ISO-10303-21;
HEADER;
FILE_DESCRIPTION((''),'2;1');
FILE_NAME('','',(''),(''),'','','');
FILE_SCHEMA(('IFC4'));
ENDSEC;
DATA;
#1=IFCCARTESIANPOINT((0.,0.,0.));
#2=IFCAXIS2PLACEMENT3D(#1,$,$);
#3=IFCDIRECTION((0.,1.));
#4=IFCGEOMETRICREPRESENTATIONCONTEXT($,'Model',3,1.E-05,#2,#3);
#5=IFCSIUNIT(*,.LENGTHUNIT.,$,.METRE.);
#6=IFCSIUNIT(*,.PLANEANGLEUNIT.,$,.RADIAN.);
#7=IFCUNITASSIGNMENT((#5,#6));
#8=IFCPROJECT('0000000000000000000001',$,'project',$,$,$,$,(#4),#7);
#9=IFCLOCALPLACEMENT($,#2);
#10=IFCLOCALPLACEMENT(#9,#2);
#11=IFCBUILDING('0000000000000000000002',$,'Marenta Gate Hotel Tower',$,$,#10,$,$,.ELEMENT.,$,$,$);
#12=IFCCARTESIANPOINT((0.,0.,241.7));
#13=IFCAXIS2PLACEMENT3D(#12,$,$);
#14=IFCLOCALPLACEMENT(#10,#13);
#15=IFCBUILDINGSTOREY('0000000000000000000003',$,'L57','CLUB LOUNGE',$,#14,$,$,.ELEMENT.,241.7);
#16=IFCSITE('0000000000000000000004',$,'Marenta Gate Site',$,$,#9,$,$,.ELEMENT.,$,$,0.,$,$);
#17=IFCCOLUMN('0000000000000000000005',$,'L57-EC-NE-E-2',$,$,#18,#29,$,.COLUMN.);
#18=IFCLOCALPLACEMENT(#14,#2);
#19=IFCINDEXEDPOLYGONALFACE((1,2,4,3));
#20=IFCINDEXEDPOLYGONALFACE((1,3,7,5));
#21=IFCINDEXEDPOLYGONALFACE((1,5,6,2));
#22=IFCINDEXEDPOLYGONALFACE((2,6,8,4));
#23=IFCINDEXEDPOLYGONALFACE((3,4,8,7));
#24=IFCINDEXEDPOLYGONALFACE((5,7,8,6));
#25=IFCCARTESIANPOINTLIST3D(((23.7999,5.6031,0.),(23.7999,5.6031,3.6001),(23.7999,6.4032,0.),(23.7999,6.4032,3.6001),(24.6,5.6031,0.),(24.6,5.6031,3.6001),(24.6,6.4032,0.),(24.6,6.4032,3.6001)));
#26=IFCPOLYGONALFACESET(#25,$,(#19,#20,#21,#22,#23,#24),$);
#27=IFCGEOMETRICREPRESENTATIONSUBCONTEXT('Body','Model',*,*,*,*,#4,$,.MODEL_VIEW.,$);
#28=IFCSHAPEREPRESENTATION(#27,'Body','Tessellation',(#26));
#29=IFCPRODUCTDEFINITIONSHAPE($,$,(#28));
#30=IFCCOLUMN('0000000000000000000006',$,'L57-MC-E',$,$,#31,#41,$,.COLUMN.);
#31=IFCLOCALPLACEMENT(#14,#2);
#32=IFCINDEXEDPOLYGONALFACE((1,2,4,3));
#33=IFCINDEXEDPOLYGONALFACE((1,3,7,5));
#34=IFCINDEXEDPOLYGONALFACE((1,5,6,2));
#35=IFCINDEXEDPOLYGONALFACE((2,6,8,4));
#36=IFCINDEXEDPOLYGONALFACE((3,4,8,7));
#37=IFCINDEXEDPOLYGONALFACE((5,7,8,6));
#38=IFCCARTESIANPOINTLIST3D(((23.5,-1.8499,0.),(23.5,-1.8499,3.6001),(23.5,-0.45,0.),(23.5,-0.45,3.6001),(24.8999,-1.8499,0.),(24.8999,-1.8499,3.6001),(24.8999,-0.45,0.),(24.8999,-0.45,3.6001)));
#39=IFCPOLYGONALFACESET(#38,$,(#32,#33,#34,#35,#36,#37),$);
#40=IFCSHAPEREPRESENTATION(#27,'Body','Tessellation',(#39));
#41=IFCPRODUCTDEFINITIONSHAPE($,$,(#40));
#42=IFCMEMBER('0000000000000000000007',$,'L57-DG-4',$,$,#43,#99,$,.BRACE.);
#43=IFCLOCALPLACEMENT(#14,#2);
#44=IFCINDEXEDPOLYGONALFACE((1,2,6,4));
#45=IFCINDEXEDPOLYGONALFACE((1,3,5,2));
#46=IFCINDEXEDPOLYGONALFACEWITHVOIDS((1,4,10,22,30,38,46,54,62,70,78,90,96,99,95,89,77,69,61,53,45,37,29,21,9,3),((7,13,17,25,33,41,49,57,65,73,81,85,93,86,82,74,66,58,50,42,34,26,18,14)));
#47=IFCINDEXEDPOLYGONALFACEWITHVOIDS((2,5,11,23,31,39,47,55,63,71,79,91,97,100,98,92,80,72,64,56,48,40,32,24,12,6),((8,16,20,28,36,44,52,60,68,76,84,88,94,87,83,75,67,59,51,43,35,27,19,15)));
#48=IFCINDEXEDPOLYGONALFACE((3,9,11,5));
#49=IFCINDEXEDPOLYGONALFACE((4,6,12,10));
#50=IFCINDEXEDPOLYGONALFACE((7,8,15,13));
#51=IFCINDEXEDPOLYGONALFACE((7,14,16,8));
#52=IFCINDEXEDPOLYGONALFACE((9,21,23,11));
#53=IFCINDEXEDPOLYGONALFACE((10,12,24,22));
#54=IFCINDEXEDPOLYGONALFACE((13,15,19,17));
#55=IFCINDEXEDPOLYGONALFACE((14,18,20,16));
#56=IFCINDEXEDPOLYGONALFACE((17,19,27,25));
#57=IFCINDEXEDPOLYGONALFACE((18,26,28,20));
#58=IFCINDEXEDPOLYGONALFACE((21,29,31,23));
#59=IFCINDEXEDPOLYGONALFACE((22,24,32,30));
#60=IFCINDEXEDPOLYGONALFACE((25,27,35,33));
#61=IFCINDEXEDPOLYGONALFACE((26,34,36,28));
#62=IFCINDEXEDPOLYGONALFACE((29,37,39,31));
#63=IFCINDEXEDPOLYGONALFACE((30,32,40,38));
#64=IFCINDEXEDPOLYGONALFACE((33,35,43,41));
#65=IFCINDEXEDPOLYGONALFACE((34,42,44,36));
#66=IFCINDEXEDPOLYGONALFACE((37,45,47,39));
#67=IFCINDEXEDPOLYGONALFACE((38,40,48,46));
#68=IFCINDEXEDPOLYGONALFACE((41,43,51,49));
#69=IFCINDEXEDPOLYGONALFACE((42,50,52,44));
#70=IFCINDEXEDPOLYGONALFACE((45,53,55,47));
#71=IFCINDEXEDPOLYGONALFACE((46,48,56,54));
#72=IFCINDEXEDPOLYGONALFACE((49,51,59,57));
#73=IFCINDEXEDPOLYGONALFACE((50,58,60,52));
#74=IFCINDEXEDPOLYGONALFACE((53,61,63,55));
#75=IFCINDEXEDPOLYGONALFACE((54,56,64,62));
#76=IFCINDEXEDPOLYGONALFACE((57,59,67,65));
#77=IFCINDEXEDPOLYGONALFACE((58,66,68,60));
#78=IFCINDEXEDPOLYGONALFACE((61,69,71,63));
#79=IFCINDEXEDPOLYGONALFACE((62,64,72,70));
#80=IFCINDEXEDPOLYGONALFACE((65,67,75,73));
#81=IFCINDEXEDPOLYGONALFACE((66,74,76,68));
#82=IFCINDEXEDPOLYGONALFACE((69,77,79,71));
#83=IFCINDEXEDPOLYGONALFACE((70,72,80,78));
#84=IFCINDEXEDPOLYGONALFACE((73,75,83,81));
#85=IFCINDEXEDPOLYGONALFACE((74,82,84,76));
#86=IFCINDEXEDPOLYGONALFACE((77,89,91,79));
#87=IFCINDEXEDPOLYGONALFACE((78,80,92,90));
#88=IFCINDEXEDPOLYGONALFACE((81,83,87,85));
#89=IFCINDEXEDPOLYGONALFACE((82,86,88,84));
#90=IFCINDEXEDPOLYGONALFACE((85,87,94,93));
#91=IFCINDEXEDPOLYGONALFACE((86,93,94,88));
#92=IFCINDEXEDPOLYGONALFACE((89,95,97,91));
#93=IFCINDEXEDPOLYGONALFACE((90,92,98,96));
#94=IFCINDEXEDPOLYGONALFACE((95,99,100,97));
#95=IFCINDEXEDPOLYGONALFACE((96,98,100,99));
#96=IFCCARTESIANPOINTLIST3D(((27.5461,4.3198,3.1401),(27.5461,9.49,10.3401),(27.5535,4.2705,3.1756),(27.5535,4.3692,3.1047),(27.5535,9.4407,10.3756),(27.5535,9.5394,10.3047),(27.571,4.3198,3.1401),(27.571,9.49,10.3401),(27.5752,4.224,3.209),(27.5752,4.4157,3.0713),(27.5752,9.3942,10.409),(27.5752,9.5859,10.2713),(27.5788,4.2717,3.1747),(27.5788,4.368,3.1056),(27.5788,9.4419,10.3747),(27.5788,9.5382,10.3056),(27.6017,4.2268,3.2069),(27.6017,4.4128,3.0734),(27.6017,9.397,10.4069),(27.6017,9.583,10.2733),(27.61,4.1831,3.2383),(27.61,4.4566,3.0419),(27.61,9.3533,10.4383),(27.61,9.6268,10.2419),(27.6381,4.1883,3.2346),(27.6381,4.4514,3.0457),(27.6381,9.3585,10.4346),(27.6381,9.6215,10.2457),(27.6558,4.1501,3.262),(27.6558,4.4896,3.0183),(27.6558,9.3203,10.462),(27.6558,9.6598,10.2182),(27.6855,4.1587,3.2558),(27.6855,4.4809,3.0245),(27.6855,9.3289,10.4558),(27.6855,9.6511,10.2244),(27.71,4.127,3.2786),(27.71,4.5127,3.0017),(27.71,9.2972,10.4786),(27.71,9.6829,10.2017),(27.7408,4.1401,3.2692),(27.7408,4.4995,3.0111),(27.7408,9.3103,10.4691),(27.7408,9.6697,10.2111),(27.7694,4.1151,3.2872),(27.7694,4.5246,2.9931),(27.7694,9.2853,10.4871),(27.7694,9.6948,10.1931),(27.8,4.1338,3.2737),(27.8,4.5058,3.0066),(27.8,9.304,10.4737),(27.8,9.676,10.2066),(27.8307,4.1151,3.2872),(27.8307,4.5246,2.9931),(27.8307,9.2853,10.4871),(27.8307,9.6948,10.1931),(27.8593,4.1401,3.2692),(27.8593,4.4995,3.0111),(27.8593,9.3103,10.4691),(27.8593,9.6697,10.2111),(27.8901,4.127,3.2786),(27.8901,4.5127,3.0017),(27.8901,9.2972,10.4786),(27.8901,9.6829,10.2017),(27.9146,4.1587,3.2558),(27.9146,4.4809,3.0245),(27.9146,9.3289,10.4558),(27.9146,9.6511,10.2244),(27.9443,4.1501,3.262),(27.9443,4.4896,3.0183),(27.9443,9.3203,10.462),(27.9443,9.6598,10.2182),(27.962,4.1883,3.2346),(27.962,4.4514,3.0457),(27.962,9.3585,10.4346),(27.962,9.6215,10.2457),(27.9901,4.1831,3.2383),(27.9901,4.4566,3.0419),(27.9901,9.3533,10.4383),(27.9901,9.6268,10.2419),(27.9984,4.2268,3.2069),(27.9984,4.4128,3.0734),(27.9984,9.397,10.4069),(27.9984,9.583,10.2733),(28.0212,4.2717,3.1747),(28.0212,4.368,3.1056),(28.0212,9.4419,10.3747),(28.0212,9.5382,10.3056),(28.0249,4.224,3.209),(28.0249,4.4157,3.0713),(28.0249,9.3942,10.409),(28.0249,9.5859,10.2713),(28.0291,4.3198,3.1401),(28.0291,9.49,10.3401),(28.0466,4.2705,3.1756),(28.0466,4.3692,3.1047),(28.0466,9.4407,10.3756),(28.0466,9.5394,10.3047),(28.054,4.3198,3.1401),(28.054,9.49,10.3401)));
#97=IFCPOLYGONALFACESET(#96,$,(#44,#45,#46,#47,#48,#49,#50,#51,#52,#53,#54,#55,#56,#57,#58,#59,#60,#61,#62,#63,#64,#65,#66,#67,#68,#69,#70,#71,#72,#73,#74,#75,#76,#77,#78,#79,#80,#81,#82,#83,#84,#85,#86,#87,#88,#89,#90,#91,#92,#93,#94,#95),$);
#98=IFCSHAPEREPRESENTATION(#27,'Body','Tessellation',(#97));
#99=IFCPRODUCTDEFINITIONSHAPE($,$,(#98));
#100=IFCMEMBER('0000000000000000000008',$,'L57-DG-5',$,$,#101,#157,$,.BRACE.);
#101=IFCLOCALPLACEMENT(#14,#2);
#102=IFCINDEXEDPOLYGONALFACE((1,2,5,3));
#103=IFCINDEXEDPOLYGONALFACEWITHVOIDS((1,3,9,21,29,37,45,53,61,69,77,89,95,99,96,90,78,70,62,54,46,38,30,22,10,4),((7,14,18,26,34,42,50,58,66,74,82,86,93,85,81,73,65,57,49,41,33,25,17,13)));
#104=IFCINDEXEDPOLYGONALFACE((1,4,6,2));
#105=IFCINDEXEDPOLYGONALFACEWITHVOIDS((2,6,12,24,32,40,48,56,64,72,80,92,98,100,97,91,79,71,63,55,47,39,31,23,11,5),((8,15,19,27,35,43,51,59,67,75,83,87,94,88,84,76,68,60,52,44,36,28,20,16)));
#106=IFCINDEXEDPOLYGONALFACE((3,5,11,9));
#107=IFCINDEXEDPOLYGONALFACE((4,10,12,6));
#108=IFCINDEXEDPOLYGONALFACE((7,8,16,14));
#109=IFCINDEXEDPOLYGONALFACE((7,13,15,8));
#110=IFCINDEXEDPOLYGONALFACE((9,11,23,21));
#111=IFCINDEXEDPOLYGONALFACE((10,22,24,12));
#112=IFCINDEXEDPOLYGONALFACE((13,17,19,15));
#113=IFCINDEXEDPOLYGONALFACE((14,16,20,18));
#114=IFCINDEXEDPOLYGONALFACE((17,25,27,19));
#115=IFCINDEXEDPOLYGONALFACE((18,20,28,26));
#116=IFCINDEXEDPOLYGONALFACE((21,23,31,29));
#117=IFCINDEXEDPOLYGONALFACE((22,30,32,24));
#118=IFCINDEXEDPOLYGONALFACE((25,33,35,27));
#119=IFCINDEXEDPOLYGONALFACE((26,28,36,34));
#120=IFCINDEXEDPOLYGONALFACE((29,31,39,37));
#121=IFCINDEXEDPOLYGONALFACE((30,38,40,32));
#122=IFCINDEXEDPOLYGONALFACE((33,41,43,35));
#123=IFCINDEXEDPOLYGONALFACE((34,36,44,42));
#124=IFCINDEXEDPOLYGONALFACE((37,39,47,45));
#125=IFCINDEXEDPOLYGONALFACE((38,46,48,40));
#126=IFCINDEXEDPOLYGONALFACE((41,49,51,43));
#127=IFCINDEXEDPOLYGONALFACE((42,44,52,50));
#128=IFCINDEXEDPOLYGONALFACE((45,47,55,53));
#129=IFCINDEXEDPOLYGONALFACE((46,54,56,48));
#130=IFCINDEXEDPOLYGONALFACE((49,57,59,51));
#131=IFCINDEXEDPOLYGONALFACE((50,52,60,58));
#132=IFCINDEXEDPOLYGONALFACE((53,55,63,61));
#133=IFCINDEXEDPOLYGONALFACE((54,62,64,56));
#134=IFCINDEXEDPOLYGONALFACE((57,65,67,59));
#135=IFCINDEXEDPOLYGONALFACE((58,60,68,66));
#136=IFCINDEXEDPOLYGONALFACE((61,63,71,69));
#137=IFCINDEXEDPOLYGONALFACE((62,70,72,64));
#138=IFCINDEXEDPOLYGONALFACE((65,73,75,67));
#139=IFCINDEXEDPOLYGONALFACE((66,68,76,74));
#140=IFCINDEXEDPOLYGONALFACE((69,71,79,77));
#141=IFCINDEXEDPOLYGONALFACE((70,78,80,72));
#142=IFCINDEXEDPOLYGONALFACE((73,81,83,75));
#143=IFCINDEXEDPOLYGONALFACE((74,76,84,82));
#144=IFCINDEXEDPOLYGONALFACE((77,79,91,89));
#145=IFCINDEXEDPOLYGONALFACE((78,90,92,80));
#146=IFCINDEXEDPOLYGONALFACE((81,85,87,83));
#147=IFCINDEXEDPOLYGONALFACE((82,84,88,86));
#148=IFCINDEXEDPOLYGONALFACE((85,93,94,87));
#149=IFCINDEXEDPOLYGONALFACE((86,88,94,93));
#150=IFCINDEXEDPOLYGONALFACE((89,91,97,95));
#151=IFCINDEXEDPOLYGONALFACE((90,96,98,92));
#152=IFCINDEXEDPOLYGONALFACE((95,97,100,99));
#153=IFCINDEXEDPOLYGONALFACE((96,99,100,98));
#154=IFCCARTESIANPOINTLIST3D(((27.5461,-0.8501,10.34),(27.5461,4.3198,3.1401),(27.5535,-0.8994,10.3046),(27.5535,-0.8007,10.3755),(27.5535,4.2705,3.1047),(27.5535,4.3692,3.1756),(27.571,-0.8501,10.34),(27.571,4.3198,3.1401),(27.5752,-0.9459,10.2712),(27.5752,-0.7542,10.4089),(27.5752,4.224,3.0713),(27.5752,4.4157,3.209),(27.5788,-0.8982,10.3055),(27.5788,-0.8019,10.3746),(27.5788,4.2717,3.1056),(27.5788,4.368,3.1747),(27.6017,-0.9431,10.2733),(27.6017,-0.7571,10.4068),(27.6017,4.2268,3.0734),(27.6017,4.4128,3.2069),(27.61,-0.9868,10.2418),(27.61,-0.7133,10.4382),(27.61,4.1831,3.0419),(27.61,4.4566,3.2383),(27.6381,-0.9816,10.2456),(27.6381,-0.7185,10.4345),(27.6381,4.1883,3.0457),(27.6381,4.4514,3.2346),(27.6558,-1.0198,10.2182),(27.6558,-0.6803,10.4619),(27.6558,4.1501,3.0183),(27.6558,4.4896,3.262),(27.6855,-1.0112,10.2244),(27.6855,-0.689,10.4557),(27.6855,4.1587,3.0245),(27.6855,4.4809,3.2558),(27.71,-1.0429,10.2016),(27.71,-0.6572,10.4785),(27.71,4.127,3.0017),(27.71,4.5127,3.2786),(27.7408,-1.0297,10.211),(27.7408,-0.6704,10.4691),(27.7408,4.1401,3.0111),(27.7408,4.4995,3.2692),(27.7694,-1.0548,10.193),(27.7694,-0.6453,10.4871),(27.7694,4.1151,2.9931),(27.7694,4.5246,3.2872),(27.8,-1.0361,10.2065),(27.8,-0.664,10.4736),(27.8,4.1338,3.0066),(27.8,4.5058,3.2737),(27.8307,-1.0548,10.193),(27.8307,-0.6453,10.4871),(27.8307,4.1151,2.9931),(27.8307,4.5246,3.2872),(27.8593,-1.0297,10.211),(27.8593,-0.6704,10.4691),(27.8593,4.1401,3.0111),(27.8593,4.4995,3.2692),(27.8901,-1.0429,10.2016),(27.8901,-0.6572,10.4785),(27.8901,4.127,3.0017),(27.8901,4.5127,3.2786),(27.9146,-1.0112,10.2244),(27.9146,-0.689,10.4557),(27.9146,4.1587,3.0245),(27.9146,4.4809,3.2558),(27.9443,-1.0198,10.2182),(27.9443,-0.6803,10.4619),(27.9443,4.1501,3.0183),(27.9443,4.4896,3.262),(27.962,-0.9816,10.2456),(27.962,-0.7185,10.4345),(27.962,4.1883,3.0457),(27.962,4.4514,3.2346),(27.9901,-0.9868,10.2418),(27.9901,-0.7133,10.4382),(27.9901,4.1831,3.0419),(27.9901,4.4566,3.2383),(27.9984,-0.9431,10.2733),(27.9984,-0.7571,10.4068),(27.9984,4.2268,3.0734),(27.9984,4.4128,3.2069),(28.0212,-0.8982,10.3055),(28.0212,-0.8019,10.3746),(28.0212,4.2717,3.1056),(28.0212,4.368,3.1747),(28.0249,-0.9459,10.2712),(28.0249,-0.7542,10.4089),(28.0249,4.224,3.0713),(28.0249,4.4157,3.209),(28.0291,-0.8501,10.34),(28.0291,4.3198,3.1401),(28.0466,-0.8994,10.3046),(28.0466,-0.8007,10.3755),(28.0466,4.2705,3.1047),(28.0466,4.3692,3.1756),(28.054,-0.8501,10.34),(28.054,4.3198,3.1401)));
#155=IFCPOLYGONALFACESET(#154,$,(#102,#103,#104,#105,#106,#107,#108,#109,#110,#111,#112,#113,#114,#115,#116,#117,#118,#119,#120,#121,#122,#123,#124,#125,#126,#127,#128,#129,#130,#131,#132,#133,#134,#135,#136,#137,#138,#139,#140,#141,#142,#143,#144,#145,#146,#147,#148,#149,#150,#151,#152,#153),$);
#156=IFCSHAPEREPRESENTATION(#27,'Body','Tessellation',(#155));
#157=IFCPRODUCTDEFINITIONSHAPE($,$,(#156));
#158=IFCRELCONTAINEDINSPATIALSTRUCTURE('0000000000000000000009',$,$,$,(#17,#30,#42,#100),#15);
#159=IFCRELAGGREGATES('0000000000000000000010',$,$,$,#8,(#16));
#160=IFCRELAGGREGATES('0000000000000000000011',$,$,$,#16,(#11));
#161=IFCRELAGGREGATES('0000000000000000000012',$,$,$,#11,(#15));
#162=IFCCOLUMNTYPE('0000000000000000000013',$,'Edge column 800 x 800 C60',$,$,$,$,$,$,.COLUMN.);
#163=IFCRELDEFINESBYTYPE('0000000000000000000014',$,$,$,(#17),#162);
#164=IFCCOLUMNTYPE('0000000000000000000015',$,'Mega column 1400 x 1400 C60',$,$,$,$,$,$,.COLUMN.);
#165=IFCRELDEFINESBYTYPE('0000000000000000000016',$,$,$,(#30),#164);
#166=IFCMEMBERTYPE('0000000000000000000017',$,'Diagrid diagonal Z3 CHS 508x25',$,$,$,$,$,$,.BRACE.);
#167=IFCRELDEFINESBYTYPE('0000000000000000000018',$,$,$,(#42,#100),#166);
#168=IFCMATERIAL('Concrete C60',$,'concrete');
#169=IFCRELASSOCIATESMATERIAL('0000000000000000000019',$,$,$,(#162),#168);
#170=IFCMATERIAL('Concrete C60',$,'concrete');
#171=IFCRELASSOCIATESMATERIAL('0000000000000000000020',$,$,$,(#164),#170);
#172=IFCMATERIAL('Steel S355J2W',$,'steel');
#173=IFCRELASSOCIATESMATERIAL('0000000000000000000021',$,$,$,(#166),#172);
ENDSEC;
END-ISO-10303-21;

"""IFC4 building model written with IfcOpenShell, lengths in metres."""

from ifc_helpers import new_model, si_unit, direction, frame, origin, origin_2d, place, context, subcontext, project, spatial, rectangle, hollow_circle, extrude, material, material_profile, profile_set, type_object, element, save


model = new_model("IFC4")

# Units and contexts
model_context = context("Model", 3, precision=1e-05, world=origin(), true_north=direction((0.0, 1.0)))
body_context = subcontext(model_context, "Body", "Model", "MODEL_VIEW")
ifc_project = project(units=[si_unit("LENGTHUNIT", "METRE"), si_unit("PLANEANGLEUNIT", "RADIAN")], contexts=[model_context])

# Site, building, storey
site_placement = place(None, origin())
site = spatial("IfcSite", under=ifc_project, at=site_placement, Name="Marenta Gate Site", CompositionType="ELEMENT", RefElevation=0.0)
building_placement = place(site_placement, origin())
building = spatial("IfcBuilding", under=site, at=building_placement, Name="Marenta Gate Hotel Tower", CompositionType="ELEMENT")
storey_placement = place(building_placement, frame((0.0, 0.0, 241.7)))
storey = spatial("IfcBuildingStorey", under=building, at=storey_placement, Name="L57", Description="CLUB LOUNGE", CompositionType="ELEMENT", Elevation=241.7)

# Columns
ifc_material_1 = material(Name="Concrete C60", Category="concrete")
ifc_material_profile_1 = material_profile(ifc_material_1, rectangle(XDim=0.8, YDim=0.8, at=origin_2d()), Name="800 x 800")
ifc_profile_set_1 = profile_set([ifc_material_profile_1], Name="Concrete C60")
column_type_1 = type_object("IfcColumnType", Name="Edge column 800 x 800 C60", PredefinedType="COLUMN", material=ifc_profile_set_1)
column_1_placement = place(storey_placement, frame((24.2, 6.0032, 0.0), z_axis=(0.0, 0.0, 1.0), x_axis=(1.0, 0.0, 0.0)))
element("IfcColumn", 1, at=column_1_placement, inside=storey, type_object=column_type_1, Name="L57-EC-NE-E-2", PredefinedType="COLUMN", context=body_context, shape_type="SweptSolid", body=[
    extrude(rectangle(XDim=0.8, YDim=0.8, at=origin_2d()), origin(), (0.0, 0.0, 1.0), 3.6001),
])
ifc_material_2 = material(Name="Concrete C60", Category="concrete")
ifc_material_profile_2 = material_profile(ifc_material_2, rectangle(XDim=1.3999, YDim=1.3999, at=origin_2d()), Name="1400 x 1400")
ifc_profile_set_2 = profile_set([ifc_material_profile_2], Name="Concrete C60")
column_type_2 = type_object("IfcColumnType", Name="Mega column 1400 x 1400 C60", PredefinedType="COLUMN", material=ifc_profile_set_2)
column_2_placement = place(storey_placement, frame((24.2, -1.1499, 0.0), z_axis=(0.0, 0.0, 1.0), x_axis=(1.0, 0.0, 0.0)))
element("IfcColumn", 2, at=column_2_placement, inside=storey, type_object=column_type_2, Name="L57-MC-E", PredefinedType="COLUMN", context=body_context, shape_type="SweptSolid", body=[
    extrude(rectangle(XDim=1.3999, YDim=1.3999, at=origin_2d()), origin(), (0.0, 0.0, 1.0), 3.6001),
])

# Members
ifc_material_3 = material(Name="Steel S355J2W", Category="steel")
ifc_material_profile_3 = material_profile(ifc_material_3, hollow_circle(Radius=0.2539, WallThickness=0.0249, at=origin_2d()), Name="CHS 508x25")
ifc_profile_set_3 = profile_set([ifc_material_profile_3], Name="Steel S355J2W")
member_type_1 = type_object("IfcMemberType", Name="Diagrid diagonal Z3 CHS 508x25", PredefinedType="BRACE", material=ifc_profile_set_3)
member_1_placement = place(storey_placement, frame((27.8, 4.3198, 3.1401), z_axis=(0.0, 0.583279, 0.812272), x_axis=(-1.0, 0.0, 0.0)))
element("IfcMember", 3, at=member_1_placement, inside=storey, type_object=member_type_1, Name="L57-DG-4", PredefinedType="BRACE", context=body_context, shape_type="SweptSolid", body=[
    extrude(hollow_circle(Radius=0.2539, WallThickness=0.0249, at=origin_2d()), origin(), (0.0, 0.0, 1.0), 8.864),
])
member_2_placement = place(storey_placement, frame((27.8, 4.3198, 3.1401), z_axis=(0.0, -0.583261, 0.812285), x_axis=(1.0, 0.0, 0.0)))
element("IfcMember", 4, at=member_2_placement, inside=storey, type_object=member_type_1, Name="L57-DG-5", PredefinedType="BRACE", context=body_context, shape_type="SweptSolid", body=[
    extrude(hollow_circle(Radius=0.2539, WallThickness=0.0249, at=origin_2d()), origin(), (0.0, 0.0, 1.0), 8.8638),
])

save(model, "model.ifc")
